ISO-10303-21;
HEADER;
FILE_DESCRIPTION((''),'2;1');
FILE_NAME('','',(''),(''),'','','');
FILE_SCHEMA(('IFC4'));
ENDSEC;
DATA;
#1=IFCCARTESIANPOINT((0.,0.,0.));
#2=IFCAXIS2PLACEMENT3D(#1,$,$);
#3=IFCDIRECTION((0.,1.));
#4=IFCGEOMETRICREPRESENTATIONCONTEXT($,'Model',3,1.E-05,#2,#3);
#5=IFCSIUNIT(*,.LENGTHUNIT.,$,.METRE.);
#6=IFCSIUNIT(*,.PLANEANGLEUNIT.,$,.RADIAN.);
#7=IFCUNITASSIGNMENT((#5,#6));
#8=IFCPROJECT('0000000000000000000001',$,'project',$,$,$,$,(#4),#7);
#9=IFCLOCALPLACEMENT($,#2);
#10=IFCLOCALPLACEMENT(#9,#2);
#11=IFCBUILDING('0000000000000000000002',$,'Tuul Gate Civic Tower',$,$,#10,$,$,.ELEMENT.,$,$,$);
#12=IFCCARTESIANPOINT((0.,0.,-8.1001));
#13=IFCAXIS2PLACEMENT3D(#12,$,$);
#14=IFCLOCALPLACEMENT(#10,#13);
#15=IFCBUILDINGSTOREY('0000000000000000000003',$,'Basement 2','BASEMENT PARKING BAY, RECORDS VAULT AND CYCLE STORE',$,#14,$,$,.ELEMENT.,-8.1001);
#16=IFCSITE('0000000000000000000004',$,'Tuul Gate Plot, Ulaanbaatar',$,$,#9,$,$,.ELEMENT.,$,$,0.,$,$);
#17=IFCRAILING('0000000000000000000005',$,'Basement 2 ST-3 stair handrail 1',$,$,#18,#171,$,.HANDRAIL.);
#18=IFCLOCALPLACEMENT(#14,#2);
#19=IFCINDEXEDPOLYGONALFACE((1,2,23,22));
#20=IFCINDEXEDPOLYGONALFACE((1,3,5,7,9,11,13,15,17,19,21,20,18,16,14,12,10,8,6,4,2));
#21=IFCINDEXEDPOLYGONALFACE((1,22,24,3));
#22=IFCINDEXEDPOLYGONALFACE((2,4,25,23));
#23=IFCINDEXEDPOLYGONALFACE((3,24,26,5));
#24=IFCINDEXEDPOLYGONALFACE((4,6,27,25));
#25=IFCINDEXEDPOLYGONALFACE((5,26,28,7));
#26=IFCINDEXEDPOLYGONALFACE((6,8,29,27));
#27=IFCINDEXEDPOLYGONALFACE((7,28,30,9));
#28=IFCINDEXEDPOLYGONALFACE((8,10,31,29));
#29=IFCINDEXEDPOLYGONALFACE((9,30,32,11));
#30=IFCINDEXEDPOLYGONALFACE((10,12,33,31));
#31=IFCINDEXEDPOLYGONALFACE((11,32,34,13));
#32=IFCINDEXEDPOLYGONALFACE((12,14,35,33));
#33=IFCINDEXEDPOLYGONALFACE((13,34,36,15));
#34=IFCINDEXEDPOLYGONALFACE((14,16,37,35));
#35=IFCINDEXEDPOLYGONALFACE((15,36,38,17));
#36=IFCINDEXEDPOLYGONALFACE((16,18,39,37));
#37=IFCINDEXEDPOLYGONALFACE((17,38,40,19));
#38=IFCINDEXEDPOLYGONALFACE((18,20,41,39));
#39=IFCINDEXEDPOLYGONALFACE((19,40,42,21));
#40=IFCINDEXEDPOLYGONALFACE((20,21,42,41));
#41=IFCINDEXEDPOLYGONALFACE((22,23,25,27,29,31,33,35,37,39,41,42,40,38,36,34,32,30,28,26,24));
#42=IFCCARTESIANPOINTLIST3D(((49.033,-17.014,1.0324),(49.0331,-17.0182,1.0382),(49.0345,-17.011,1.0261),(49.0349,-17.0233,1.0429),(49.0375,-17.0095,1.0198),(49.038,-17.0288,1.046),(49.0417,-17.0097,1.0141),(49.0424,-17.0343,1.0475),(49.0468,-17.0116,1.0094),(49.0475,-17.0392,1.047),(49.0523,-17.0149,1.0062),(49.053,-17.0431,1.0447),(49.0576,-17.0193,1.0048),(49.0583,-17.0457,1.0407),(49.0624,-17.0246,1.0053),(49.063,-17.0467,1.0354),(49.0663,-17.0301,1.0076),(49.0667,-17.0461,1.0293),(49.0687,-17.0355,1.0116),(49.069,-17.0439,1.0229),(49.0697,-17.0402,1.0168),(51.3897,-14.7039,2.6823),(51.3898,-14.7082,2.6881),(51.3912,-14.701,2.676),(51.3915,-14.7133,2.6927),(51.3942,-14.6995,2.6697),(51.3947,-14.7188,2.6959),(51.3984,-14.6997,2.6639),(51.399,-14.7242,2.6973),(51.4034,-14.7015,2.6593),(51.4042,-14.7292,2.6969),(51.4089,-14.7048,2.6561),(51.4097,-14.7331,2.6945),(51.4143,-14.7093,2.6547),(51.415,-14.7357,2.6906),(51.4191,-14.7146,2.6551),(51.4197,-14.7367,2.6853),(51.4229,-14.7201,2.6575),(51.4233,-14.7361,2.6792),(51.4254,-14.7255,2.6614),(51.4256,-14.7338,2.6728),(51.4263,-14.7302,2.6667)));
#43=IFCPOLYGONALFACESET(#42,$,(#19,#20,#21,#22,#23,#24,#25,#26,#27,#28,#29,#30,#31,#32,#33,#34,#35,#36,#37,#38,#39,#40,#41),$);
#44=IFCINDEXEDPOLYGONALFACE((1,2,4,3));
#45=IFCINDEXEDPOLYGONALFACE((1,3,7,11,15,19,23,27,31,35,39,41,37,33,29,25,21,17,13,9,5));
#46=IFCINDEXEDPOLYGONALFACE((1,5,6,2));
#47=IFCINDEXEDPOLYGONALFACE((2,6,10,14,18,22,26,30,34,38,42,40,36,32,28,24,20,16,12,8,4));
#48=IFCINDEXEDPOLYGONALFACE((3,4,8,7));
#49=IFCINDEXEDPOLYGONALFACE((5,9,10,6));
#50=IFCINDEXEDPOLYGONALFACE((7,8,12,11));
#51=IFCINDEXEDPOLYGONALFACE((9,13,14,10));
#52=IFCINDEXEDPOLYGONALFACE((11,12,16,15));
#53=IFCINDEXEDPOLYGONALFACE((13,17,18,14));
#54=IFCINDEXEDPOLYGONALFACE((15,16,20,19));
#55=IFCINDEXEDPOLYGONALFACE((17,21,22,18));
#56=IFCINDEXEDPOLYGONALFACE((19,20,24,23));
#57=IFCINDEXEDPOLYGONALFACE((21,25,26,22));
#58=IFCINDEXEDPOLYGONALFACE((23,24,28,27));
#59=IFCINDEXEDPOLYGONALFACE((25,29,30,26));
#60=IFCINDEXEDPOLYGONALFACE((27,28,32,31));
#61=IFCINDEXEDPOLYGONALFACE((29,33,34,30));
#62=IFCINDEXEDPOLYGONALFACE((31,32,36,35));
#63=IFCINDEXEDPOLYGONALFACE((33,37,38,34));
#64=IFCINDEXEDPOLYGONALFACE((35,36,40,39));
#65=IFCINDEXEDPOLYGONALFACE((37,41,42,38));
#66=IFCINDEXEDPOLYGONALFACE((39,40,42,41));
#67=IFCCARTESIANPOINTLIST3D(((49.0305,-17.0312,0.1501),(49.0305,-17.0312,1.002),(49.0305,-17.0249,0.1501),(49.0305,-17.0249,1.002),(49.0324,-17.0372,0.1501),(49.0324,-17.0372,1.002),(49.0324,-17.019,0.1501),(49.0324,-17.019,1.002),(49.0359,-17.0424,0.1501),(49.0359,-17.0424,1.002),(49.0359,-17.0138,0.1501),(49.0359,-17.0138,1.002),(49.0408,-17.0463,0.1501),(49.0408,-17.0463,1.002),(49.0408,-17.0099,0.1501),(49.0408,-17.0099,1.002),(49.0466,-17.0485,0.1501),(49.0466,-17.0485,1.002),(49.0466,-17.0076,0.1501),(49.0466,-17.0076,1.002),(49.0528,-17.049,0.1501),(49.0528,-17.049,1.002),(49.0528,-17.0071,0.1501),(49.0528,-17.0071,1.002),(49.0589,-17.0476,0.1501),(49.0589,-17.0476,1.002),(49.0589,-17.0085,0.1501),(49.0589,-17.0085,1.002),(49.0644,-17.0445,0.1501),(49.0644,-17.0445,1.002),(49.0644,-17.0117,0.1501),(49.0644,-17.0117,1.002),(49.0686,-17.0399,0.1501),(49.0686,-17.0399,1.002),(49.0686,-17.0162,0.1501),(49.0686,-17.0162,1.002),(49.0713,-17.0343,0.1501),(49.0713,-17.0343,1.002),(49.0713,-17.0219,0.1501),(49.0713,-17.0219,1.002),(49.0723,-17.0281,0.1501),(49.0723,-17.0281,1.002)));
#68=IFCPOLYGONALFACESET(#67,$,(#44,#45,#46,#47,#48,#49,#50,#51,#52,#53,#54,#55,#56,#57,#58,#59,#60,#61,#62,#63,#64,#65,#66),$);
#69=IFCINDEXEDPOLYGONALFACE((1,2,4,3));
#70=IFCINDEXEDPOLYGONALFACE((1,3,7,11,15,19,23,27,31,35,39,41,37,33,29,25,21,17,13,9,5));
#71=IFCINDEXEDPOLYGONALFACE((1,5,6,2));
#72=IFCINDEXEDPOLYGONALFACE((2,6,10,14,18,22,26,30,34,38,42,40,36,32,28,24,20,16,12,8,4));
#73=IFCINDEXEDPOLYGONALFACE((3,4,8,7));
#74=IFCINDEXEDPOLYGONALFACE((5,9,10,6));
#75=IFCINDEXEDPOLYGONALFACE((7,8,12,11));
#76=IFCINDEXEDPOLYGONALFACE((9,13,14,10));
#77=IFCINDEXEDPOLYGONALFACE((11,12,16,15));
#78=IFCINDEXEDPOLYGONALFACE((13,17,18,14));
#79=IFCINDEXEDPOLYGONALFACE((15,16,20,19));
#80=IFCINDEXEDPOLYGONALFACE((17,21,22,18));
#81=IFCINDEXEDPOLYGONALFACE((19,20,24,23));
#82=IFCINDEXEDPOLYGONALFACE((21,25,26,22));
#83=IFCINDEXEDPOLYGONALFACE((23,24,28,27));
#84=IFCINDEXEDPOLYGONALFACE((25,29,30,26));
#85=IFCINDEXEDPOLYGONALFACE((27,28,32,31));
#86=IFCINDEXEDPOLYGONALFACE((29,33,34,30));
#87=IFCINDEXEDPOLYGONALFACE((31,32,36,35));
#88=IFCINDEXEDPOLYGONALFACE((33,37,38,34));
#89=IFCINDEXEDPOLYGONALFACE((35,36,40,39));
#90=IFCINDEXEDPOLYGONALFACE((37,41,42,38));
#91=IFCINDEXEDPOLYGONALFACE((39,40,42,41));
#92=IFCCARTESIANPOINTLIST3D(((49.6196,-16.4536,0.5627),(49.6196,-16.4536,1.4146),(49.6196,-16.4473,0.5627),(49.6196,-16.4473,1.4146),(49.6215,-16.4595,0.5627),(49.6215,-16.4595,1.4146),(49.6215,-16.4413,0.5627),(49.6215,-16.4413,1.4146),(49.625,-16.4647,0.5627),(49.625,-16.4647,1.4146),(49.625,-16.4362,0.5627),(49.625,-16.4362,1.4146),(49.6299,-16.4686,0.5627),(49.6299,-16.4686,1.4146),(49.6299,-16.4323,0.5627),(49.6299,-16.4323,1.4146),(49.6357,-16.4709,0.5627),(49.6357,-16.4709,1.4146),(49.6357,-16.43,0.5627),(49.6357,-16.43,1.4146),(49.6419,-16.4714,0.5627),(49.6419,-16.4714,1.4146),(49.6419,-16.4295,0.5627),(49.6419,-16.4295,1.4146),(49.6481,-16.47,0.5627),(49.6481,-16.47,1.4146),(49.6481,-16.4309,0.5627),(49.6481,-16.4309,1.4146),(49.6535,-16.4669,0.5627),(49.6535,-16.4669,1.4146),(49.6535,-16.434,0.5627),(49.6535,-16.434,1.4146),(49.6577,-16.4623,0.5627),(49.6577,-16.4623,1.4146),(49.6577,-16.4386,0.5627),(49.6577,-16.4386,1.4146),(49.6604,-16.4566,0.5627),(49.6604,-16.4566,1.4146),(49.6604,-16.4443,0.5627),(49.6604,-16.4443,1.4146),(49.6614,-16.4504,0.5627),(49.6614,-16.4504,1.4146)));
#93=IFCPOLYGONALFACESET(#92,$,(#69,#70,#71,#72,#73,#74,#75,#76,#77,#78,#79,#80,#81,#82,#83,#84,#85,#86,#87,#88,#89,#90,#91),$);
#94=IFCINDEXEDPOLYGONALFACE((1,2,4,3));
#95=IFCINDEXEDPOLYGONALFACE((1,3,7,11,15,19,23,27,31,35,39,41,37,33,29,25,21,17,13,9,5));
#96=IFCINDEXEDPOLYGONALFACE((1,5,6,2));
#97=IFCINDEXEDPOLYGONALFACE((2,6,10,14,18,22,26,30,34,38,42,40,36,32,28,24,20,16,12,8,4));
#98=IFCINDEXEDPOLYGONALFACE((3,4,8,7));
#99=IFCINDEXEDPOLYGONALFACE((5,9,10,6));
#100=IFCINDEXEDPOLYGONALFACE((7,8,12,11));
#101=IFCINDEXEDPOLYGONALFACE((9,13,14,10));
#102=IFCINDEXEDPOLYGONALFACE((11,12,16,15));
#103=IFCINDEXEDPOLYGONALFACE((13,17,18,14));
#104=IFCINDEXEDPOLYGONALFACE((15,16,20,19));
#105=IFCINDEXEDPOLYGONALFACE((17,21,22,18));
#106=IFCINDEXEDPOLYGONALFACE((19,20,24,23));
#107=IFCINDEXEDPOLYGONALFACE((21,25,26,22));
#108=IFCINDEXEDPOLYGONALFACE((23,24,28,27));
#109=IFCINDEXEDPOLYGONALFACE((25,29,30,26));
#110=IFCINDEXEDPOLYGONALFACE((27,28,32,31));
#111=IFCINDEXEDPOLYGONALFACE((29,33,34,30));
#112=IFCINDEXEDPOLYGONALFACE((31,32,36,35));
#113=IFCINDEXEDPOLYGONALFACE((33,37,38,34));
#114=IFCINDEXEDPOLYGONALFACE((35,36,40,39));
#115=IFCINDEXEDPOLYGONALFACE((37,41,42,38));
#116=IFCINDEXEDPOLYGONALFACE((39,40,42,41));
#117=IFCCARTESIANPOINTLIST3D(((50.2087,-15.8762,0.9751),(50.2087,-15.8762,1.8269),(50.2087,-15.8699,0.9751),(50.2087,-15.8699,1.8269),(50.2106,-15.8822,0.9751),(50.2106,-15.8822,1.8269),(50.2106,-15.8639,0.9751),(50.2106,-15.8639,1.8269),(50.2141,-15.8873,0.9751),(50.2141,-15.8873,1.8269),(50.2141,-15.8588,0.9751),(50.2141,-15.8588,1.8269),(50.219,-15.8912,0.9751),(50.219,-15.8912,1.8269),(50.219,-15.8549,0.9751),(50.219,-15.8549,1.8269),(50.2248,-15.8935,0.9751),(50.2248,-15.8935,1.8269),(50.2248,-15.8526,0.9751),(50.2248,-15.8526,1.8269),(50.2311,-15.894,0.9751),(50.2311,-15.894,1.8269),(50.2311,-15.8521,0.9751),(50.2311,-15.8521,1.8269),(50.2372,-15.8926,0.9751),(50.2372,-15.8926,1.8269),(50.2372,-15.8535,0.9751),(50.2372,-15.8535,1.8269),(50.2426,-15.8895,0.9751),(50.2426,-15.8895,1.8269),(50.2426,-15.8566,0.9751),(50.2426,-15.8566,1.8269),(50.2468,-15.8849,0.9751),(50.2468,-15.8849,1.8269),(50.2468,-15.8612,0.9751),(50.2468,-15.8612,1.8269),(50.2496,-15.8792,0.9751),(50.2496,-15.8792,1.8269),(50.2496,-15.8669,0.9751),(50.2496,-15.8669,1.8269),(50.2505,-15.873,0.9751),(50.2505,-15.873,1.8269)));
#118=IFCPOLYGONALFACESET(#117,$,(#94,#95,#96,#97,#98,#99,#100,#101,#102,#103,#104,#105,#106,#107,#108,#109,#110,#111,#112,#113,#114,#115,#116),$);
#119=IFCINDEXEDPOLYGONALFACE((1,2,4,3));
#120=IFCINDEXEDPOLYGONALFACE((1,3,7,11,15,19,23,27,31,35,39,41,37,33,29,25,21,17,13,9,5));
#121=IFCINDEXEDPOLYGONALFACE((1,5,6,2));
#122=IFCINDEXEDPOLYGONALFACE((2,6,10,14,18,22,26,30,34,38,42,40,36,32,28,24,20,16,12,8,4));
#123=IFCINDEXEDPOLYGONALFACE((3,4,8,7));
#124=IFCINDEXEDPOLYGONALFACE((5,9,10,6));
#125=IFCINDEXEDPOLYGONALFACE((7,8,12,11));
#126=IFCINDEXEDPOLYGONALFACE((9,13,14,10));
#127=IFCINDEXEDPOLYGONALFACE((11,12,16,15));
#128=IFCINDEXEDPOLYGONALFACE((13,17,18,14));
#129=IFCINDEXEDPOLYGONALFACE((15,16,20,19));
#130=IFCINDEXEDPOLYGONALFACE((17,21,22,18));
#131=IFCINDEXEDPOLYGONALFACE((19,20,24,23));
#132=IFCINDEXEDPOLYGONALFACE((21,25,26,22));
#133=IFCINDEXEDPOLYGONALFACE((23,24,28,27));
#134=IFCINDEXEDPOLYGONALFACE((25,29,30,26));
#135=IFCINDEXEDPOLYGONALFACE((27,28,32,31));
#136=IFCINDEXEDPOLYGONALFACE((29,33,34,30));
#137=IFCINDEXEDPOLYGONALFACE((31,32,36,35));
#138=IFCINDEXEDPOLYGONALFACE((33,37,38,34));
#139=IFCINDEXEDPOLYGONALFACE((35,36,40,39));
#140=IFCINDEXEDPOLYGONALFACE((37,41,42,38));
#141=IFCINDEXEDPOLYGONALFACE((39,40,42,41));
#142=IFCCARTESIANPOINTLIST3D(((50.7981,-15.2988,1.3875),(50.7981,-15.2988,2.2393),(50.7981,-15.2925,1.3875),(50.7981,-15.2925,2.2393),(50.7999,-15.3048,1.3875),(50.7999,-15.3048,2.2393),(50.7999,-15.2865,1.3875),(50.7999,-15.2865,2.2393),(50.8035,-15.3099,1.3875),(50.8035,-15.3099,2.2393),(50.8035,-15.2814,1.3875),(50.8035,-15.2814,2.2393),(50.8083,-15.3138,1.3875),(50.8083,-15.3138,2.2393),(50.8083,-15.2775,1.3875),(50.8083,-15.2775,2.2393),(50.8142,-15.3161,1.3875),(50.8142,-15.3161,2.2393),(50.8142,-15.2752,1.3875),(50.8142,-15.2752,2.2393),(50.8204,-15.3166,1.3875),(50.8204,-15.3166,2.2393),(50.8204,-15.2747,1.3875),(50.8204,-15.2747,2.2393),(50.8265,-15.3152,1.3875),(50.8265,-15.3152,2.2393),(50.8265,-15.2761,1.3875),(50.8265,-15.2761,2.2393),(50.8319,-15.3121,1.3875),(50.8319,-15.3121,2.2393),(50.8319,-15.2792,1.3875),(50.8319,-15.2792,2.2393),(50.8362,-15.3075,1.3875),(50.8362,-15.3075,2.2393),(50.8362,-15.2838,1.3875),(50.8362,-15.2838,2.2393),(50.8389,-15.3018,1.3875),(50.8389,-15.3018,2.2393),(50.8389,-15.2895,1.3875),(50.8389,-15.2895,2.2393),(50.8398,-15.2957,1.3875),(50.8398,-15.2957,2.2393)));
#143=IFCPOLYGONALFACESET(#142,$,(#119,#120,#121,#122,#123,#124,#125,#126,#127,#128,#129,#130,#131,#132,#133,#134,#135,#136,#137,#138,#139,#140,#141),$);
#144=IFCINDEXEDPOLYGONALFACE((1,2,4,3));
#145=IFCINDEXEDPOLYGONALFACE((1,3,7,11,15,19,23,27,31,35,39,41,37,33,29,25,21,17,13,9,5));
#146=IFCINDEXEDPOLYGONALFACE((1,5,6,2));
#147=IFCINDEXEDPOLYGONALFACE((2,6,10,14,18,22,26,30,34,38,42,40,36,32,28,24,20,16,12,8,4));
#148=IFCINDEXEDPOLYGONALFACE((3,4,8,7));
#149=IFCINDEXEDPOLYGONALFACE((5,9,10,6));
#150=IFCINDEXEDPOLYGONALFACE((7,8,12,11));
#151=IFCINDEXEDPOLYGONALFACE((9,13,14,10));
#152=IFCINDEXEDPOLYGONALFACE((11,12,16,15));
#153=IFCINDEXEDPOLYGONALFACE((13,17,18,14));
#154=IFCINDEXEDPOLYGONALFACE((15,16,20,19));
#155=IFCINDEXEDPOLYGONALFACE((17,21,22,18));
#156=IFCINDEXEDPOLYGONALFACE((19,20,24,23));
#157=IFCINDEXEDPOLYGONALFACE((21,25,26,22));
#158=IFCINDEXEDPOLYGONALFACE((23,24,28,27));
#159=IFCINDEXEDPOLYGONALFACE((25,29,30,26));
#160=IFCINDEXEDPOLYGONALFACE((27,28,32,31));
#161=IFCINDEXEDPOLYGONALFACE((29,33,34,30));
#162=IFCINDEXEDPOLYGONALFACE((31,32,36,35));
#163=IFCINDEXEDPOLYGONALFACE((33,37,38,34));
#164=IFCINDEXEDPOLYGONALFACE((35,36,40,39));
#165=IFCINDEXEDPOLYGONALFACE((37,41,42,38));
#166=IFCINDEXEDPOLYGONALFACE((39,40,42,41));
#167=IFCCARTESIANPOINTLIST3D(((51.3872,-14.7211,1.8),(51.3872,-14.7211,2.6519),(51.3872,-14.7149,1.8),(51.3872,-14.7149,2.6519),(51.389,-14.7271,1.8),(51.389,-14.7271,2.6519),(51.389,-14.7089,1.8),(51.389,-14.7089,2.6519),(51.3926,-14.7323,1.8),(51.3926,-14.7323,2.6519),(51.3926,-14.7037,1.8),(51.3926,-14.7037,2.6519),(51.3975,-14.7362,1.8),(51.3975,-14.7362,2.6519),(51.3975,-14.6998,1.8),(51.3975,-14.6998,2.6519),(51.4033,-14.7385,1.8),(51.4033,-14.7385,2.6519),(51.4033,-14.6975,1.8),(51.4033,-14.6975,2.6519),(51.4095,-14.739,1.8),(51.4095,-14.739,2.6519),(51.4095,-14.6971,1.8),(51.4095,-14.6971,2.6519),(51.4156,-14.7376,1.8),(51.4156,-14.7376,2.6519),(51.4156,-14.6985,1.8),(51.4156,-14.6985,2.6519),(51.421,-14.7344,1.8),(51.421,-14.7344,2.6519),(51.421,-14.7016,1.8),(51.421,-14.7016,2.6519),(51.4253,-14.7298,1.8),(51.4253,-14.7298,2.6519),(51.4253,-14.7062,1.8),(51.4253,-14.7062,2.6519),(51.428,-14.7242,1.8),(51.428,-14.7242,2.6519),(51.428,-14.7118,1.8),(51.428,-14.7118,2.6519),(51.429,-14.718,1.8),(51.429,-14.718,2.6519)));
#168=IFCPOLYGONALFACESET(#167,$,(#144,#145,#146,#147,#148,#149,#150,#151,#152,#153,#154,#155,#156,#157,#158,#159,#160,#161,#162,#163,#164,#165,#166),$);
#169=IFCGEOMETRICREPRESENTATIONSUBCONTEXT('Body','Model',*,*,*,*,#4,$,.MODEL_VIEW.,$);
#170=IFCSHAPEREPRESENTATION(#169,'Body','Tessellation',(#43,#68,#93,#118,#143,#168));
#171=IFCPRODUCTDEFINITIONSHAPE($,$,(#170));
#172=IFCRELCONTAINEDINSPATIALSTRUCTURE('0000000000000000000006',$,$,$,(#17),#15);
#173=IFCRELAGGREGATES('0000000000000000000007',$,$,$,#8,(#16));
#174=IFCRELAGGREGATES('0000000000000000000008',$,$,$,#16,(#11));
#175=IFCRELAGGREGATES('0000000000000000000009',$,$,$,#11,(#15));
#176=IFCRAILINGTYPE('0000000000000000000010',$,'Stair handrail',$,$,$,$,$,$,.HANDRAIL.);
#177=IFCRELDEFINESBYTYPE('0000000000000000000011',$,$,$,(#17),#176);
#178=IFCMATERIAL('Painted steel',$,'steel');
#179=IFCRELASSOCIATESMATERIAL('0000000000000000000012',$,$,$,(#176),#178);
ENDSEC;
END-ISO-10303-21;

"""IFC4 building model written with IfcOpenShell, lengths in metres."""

from ifc_helpers import new_model, si_unit, direction, frame, origin, origin_2d, place, context, subcontext, project, spatial, circle, extrude, material, type_object, element, save


model = new_model("IFC4")

# Units and contexts
model_context = context("Model", 3, precision=1e-05, world=origin(), true_north=direction((0.0, 1.0)))
body_context = subcontext(model_context, "Body", "Model", "MODEL_VIEW")
ifc_project = project(units=[si_unit("LENGTHUNIT", "METRE"), si_unit("PLANEANGLEUNIT", "RADIAN")], contexts=[model_context])

# Site, building, storey
site_placement = place(None, origin())
site = spatial("IfcSite", under=ifc_project, at=site_placement, Name="Tuul Gate Plot, Ulaanbaatar", CompositionType="ELEMENT", RefElevation=0.0)
building_placement = place(site_placement, origin())
building = spatial("IfcBuilding", under=site, at=building_placement, Name="Tuul Gate Civic Tower", CompositionType="ELEMENT")
storey_placement = place(building_placement, frame((0.0, 0.0, -8.1001)))
storey = spatial("IfcBuildingStorey", under=building, at=storey_placement, Name="Basement 2", Description="BASEMENT PARKING BAY, RECORDS VAULT AND CYCLE STORE", CompositionType="ELEMENT", Elevation=-8.1001)

# Railing
ifc_material_1 = material(Name="Painted steel", Category="steel")
railing_type_1 = type_object("IfcRailingType", Name="Stair handrail", PredefinedType="HANDRAIL", material=ifc_material_1)
railing_1_placement = place(storey_placement, frame((49.0513, -17.0281, 0.1501)))
element("IfcRailing", 1, at=railing_1_placement, inside=storey, type_object=railing_type_1, Name="Basement 2 ST-3 stair handrail 1", PredefinedType="HANDRAIL", context=body_context, shape_type="SweptSolid", body=[
    extrude(circle(Radius=0.0239, at=origin_2d()), frame((0.0, 0.0, 0.876), z_axis=(0.638753, 0.626114, 0.447187), x_axis=(-0.700006, 0.714137, 0.0)), (0.0, 0.0, 1.0), 3.6895),
    extrude(circle(Radius=0.021, at=origin_2d()), origin(), (0.0, 0.0, 1.0), 0.8518),
    extrude(circle(Radius=0.021, at=origin_2d()), frame((0.5891, 0.5776, 0.4126)), (0.0, 0.0, 1.0), 0.8518),
    extrude(circle(Radius=0.021, at=origin_2d()), frame((1.1782, 1.155, 0.825)), (0.0, 0.0, 1.0), 0.8518),
    extrude(circle(Radius=0.021, at=origin_2d()), frame((1.7676, 1.7324, 1.2373)), (0.0, 0.0, 1.0), 0.8518),
    extrude(circle(Radius=0.021, at=origin_2d()), frame((2.3567, 2.3101, 1.6499)), (0.0, 0.0, 1.0), 0.8518),
])

save(model, "model.ifc")
